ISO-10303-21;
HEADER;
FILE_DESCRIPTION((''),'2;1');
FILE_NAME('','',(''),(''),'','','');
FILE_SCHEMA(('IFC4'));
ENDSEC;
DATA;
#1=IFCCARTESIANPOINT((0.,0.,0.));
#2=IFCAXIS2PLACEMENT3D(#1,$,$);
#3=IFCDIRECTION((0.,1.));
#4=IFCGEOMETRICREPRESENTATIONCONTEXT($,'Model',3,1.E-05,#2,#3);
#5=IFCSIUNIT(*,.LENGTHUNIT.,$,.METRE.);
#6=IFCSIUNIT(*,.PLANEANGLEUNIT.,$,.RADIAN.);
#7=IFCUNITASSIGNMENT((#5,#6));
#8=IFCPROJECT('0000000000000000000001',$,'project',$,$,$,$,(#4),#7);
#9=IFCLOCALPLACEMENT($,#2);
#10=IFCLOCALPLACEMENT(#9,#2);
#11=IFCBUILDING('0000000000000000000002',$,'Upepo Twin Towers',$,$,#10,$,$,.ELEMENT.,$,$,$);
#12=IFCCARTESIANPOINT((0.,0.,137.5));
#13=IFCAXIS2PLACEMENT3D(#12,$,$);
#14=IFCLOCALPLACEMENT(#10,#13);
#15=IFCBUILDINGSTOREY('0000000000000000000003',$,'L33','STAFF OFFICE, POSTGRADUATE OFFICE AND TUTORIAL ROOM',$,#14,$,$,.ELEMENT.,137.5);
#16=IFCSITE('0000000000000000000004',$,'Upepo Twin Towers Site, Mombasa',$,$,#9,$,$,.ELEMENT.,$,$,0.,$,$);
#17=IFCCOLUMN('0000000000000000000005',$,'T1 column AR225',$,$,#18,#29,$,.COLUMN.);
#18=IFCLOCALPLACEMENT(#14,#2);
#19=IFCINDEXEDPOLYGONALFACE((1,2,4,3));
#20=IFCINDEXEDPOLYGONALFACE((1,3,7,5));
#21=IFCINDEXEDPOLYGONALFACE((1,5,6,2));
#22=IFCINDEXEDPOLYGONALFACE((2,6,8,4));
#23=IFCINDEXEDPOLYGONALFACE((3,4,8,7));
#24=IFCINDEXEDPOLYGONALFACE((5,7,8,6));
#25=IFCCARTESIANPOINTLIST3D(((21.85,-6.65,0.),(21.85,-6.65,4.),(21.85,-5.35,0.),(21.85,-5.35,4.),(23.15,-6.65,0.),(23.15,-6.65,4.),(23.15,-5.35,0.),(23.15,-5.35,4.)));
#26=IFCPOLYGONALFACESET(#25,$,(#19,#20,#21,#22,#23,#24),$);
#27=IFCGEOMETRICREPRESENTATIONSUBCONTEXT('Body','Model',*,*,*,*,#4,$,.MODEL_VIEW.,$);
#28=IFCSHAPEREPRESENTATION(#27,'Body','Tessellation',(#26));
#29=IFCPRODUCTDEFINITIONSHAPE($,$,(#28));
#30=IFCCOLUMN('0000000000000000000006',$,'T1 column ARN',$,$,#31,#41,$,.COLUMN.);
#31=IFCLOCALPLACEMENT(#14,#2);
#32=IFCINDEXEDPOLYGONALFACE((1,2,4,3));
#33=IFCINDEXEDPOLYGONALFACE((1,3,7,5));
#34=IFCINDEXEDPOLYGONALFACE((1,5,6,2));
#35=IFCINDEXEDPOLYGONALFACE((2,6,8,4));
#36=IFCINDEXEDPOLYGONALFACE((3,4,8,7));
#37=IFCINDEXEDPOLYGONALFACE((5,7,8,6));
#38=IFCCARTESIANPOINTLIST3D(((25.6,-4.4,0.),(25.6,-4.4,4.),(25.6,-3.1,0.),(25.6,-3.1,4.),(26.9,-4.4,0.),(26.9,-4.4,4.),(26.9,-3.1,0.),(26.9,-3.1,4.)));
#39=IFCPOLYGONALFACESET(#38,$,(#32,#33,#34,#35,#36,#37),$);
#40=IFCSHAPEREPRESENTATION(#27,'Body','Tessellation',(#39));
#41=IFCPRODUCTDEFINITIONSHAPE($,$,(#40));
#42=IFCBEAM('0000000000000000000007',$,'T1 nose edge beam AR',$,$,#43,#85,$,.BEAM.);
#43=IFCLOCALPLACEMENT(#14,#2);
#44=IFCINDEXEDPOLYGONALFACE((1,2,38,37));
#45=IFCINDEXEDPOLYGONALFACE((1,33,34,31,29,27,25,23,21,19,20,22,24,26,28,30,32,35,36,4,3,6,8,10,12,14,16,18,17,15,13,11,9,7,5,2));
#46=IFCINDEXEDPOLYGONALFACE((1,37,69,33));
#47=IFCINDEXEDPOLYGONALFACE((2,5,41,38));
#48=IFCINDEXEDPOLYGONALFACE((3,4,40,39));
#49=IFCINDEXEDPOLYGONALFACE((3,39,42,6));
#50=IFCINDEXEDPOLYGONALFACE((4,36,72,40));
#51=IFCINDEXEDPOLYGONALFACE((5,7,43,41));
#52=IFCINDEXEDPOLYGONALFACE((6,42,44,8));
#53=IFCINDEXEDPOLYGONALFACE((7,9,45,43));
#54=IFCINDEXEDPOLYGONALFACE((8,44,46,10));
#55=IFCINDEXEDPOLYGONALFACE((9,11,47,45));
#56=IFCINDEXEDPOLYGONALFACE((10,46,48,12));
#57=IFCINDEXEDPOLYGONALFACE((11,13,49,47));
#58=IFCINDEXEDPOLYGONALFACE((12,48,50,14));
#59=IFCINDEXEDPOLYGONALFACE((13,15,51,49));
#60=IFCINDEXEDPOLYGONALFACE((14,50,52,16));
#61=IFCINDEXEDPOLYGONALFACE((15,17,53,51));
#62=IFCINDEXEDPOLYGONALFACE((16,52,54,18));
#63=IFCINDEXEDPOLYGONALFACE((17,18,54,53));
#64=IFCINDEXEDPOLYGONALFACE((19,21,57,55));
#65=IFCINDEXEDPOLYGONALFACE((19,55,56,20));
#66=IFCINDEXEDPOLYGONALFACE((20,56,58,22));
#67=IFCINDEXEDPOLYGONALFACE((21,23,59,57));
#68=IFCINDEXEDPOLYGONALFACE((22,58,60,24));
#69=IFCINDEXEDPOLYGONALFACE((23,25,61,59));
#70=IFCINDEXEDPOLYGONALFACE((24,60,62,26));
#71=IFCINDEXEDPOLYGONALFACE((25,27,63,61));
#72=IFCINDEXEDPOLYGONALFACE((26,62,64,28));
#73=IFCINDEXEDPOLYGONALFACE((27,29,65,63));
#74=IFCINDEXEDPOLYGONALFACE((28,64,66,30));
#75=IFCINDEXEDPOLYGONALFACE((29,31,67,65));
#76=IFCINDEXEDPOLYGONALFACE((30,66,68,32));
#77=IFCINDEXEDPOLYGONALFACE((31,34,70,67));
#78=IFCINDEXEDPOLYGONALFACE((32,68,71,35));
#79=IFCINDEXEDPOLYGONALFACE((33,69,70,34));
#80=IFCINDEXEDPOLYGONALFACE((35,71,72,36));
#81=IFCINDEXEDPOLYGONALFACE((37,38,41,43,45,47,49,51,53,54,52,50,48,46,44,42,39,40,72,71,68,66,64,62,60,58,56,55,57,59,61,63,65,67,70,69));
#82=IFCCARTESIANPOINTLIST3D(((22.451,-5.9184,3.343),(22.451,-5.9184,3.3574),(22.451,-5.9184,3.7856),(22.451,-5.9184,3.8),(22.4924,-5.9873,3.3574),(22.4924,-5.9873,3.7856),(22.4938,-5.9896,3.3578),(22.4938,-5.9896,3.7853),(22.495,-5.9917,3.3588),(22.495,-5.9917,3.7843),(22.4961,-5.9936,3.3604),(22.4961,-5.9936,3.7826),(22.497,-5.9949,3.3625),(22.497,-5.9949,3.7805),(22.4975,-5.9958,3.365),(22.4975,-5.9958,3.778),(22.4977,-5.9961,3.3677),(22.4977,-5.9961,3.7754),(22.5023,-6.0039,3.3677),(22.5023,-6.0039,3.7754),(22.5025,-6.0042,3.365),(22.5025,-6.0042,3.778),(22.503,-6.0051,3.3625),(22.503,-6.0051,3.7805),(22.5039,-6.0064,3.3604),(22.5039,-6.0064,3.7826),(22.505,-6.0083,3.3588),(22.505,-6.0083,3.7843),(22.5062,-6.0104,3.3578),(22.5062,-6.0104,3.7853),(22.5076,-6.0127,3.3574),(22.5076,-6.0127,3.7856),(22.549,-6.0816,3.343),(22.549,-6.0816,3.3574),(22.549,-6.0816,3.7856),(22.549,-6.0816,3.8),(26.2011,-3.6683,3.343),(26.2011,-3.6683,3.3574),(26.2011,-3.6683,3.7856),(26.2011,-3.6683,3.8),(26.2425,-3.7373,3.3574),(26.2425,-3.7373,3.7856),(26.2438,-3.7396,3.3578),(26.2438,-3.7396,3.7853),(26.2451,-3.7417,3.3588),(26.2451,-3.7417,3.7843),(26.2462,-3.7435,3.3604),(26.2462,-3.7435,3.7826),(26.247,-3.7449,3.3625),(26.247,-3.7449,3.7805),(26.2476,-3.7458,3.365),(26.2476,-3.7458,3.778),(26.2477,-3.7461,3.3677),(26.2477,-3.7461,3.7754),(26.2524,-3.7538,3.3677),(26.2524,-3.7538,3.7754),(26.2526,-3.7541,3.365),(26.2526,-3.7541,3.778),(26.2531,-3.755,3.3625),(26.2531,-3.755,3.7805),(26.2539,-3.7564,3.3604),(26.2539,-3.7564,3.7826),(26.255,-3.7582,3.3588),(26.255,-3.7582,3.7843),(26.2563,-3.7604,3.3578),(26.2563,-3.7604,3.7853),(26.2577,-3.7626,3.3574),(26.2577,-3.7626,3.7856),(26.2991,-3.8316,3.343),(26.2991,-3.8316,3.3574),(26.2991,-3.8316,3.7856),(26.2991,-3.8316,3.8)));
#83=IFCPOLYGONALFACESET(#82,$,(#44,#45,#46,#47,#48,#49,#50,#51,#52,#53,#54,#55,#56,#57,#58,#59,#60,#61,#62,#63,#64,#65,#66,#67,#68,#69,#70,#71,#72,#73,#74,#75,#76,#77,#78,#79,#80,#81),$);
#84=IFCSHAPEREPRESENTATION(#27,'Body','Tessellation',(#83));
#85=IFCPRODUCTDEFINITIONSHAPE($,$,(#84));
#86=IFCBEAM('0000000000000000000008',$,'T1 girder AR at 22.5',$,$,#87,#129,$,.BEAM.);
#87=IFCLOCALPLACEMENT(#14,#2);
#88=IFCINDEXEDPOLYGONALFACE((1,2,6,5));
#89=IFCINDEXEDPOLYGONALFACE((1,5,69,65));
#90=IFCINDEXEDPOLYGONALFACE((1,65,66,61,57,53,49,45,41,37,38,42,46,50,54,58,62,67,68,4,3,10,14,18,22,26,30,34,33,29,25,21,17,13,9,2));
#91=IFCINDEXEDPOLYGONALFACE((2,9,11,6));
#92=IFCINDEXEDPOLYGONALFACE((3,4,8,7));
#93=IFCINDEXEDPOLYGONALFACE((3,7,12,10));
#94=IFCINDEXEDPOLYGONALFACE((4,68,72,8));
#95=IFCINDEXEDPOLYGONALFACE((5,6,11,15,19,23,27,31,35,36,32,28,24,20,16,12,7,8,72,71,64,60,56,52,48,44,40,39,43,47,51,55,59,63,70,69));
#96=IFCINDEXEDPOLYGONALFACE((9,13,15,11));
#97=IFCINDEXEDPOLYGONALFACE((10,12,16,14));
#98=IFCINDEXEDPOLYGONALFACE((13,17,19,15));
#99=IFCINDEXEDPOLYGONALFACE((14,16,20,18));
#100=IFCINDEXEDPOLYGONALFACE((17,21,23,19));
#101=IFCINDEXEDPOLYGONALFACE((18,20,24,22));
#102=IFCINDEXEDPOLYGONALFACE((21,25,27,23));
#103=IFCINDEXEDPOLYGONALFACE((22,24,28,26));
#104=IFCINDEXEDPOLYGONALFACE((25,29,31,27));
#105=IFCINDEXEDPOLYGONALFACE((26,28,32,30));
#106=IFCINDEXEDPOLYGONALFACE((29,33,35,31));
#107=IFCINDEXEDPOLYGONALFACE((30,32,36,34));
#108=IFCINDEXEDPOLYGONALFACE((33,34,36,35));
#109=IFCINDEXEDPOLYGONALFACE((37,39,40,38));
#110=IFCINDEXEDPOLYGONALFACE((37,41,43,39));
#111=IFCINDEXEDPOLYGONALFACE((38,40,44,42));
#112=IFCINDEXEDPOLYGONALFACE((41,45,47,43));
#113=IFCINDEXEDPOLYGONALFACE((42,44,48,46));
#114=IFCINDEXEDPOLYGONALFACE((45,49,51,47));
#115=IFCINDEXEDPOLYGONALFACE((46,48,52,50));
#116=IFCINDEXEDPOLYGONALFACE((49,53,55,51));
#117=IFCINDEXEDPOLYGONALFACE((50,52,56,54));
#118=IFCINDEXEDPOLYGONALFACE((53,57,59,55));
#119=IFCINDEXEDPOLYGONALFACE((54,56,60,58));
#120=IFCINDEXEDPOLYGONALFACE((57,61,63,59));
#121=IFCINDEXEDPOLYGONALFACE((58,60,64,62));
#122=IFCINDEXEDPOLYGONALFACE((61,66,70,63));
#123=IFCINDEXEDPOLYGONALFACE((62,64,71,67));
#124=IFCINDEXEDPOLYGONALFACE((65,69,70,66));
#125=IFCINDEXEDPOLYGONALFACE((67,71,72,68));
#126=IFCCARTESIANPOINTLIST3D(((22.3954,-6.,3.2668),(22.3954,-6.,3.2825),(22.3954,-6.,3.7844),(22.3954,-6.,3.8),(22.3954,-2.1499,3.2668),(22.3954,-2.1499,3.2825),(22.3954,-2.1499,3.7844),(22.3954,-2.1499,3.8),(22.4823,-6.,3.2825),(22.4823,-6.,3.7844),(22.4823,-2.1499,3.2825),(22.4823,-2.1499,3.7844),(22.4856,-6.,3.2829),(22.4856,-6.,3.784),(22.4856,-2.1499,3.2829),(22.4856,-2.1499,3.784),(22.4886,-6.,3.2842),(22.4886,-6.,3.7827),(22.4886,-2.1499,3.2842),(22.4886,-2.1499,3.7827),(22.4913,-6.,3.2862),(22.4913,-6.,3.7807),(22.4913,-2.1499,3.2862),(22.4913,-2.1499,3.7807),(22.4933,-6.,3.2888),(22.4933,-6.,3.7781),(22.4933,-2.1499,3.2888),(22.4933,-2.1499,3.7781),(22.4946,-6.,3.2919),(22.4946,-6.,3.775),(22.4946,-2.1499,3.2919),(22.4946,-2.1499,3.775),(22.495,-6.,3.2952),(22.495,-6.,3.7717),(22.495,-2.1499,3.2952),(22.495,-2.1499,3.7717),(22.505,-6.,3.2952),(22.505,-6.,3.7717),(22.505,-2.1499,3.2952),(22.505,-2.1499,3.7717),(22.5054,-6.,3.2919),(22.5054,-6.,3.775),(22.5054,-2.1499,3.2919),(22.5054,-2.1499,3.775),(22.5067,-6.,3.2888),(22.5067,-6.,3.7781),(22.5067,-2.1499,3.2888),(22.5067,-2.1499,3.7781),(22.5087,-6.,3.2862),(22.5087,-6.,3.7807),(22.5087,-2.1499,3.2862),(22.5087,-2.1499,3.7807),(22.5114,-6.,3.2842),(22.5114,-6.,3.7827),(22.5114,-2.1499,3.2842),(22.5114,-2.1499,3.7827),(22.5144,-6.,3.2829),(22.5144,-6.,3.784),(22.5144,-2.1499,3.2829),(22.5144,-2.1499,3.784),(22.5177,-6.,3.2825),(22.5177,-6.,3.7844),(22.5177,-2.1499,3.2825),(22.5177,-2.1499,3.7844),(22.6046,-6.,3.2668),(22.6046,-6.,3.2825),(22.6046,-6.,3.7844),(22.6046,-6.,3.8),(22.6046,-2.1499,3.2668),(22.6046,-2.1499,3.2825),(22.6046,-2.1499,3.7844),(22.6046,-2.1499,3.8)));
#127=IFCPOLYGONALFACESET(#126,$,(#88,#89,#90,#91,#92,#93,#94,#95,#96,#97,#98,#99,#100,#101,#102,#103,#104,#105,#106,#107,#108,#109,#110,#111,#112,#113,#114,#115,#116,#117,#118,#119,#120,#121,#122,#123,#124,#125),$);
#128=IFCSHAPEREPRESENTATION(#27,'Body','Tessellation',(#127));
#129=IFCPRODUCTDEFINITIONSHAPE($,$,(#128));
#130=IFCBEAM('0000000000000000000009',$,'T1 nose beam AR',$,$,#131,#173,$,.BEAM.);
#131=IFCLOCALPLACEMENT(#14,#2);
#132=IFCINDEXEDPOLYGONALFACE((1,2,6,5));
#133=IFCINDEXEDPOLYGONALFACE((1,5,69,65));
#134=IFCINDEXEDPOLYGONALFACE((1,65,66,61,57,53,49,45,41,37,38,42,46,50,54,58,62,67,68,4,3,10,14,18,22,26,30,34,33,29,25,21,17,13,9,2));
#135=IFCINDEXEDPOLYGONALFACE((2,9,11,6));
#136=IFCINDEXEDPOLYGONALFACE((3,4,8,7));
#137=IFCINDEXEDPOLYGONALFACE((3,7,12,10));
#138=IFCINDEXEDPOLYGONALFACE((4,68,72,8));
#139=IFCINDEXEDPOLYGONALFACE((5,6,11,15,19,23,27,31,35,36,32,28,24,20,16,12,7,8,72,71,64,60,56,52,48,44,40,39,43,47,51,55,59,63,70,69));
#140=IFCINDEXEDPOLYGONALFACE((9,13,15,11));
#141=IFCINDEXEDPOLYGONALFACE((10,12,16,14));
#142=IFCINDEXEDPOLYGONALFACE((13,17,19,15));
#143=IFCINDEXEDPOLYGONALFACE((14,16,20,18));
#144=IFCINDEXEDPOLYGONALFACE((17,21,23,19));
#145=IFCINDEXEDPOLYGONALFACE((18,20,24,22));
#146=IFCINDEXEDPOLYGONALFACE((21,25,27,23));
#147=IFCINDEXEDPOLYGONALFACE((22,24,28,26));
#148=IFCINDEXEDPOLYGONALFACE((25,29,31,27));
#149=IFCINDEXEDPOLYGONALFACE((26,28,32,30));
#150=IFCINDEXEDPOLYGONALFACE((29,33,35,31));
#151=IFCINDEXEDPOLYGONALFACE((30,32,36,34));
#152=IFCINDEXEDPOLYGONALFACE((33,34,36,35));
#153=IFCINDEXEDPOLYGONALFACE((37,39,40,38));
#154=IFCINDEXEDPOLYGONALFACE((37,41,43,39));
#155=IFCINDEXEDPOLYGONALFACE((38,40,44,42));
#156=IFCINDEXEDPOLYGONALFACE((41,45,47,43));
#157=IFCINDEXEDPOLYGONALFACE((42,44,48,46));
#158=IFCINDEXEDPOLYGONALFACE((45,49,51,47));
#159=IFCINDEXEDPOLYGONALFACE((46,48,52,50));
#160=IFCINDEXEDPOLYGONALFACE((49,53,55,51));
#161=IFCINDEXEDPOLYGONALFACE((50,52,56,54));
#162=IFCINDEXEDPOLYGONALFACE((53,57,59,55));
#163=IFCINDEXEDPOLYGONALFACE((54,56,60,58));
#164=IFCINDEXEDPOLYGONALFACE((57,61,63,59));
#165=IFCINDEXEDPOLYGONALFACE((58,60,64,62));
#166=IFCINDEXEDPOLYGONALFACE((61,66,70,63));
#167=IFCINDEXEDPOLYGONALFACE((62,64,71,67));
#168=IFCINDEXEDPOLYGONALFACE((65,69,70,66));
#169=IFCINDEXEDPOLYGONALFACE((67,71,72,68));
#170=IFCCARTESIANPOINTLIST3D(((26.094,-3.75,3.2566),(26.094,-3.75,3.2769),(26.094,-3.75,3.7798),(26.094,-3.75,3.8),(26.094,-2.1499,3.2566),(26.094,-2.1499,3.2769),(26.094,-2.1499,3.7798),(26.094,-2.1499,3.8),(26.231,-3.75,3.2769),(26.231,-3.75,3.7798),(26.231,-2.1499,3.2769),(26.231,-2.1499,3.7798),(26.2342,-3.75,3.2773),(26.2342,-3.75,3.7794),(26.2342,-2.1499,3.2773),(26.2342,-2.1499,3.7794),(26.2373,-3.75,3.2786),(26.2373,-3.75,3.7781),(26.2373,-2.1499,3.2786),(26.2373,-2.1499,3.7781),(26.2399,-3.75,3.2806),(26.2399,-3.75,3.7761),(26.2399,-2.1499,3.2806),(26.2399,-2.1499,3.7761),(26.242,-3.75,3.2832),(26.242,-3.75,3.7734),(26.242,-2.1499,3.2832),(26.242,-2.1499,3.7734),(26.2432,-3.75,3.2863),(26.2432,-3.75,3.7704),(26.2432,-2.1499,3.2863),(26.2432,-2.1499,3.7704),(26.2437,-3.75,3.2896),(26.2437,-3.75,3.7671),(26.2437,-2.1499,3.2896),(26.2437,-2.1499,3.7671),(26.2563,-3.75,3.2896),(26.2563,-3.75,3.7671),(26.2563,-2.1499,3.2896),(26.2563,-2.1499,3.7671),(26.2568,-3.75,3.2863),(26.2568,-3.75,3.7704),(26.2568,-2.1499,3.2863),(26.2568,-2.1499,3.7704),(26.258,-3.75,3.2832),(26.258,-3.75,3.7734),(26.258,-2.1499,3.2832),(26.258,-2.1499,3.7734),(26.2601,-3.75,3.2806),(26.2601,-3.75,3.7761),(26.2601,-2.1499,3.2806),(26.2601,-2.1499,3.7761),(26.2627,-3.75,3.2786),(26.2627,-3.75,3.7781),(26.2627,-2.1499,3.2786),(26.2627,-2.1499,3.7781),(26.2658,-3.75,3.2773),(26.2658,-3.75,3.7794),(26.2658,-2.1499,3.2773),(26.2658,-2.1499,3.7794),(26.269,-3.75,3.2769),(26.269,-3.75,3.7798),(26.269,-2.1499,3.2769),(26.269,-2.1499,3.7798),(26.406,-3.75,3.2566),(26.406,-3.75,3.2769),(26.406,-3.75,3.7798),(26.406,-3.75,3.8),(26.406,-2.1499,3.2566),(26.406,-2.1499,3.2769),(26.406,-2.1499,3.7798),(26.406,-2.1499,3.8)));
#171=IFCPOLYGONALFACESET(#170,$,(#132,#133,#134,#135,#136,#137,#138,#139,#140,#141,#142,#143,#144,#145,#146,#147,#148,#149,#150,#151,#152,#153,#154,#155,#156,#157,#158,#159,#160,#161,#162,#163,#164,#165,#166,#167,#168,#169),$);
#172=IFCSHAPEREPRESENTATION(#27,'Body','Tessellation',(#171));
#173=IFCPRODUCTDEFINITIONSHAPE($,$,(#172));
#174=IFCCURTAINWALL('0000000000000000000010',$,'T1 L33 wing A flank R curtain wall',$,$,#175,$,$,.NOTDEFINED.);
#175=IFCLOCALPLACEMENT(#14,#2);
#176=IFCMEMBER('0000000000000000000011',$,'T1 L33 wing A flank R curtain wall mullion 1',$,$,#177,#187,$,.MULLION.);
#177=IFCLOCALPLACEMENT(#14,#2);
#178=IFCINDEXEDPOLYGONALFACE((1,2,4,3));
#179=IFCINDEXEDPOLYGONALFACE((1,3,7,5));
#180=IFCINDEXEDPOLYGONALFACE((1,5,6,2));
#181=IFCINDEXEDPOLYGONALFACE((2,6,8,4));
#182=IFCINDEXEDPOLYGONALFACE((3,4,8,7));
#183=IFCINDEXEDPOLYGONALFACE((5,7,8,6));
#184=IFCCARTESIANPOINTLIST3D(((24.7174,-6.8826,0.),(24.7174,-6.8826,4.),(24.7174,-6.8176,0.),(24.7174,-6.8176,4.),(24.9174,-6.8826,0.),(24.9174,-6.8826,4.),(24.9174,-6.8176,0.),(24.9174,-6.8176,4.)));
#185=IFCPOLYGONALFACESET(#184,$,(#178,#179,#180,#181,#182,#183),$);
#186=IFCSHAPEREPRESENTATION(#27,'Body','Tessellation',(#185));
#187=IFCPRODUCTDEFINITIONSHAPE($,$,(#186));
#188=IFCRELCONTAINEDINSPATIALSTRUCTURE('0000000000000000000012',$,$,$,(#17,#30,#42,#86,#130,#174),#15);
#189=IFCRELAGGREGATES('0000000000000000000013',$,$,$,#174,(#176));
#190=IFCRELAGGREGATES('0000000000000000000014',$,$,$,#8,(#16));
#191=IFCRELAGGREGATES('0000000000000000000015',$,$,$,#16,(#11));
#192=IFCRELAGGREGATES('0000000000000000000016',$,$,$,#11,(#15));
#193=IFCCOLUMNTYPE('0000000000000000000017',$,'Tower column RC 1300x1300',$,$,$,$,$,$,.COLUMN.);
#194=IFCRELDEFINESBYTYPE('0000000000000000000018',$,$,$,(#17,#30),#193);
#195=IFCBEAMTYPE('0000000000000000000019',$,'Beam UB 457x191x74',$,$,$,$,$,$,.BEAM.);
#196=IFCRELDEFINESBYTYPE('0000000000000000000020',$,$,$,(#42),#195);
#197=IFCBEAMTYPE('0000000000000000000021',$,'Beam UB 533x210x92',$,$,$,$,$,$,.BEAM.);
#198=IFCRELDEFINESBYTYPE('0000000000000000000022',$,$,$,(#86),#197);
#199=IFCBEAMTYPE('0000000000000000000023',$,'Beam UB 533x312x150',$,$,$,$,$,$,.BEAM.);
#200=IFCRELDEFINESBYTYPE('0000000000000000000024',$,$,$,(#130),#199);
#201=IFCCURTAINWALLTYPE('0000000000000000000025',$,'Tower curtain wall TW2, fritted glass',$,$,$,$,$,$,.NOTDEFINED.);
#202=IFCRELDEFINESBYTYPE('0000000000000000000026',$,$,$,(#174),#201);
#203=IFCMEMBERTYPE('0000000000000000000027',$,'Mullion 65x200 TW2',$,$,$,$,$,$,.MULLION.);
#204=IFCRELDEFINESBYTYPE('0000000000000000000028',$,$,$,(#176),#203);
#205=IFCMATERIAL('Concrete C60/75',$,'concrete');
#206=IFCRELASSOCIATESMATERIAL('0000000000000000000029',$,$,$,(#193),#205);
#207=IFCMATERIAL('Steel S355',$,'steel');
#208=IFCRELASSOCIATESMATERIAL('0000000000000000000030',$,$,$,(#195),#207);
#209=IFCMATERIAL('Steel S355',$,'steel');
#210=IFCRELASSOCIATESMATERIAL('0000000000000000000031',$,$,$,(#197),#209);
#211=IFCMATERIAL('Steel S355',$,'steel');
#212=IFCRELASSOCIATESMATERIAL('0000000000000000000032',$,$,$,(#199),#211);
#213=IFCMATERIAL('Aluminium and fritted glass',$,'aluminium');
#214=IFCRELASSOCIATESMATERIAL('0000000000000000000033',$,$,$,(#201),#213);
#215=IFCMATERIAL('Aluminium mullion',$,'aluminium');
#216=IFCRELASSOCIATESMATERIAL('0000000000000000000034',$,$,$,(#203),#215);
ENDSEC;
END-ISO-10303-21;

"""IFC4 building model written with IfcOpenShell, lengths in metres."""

from ifc_helpers import new_model, si_unit, direction, frame, origin, origin_2d, place, context, subcontext, project, spatial, rectangle, i_section, extrude, material, material_profile, profile_set, type_object, element, aggregate, save


model = new_model("IFC4")

# Units and contexts
model_context = context("Model", 3, precision=1e-05, world=origin(), true_north=direction((0.0, 1.0)))
body_context = subcontext(model_context, "Body", "Model", "MODEL_VIEW")
ifc_project = project(units=[si_unit("LENGTHUNIT", "METRE"), si_unit("PLANEANGLEUNIT", "RADIAN")], contexts=[model_context])

# Site, building, storey
site_placement = place(None, origin())
site = spatial("IfcSite", under=ifc_project, at=site_placement, Name="Upepo Twin Towers Site, Mombasa", CompositionType="ELEMENT", RefElevation=0.0)
building_placement = place(site_placement, origin())
building = spatial("IfcBuilding", under=site, at=building_placement, Name="Upepo Twin Towers", CompositionType="ELEMENT")
storey_placement = place(building_placement, frame((0.0, 0.0, 137.5)))
storey = spatial("IfcBuildingStorey", under=building, at=storey_placement, Name="L33", Description="STAFF OFFICE, POSTGRADUATE OFFICE AND TUTORIAL ROOM", CompositionType="ELEMENT", Elevation=137.5)

# Columns
ifc_material_1 = material(Name="Concrete C60/75", Category="concrete")
ifc_material_profile_1 = material_profile(ifc_material_1, rectangle(XDim=1.3, YDim=1.3, at=origin_2d()), Name="RC 1300x1300")
ifc_profile_set_1 = profile_set([ifc_material_profile_1], Name="Concrete C60/75")
column_type = type_object("IfcColumnType", Name="Tower column RC 1300x1300", PredefinedType="COLUMN", material=ifc_profile_set_1)
for number, where, z_axis, x_axis, name in (
    (1, (22.5, -6.0, 0.0), (0.0, 0.0, 1.0), (1.0, 0.0, 0.0), "T1 column AR225"),
    (2, (26.25, -3.75, 0.0), (0.0, 0.0, 1.0), (1.0, 0.0, 0.0), "T1 column ARN"),
):
    element("IfcColumn", number, at=place(storey_placement, frame(where, z_axis=z_axis, x_axis=x_axis)), inside=storey, type_object=column_type, Name=name, PredefinedType="COLUMN", context=body_context, shape_type="SweptSolid", body=[
        extrude(rectangle(XDim=1.3, YDim=1.3, at=origin_2d()), origin(), (0.0, 0.0, 1.0), 4.0),
    ])

# Beams
ifc_material_2 = material(Name="Steel S355", Category="steel")
ifc_material_profile_2 = material_profile(ifc_material_2, i_section(OverallWidth=0.1904, OverallDepth=0.457, WebThickness=0.009, FlangeThickness=0.0144, FilletRadius=0.0103, at=origin_2d()), Name="UB 457x191x74")
ifc_profile_set_2 = profile_set([ifc_material_profile_2], Name="Steel S355")
beam_type_1 = type_object("IfcBeamType", Name="Beam UB 457x191x74", PredefinedType="BEAM", material=ifc_profile_set_2)
beam_1_placement = place(storey_placement, frame((22.5, -6.0, 3.5715), z_axis=(0.857493, 0.514496, 0.0), x_axis=(-0.514496, 0.857493, 0.0)))
element("IfcBeam", 3, at=beam_1_placement, inside=storey, type_object=beam_type_1, Name="T1 nose edge beam AR", PredefinedType="BEAM", context=body_context, shape_type="SweptSolid", body=[
    extrude(i_section(OverallWidth=0.1904, OverallDepth=0.457, WebThickness=0.009, FlangeThickness=0.0144, FilletRadius=0.0103, at=origin_2d()), origin(), (0.0, 0.0, 1.0), 4.3733),
])
ifc_material_3 = material(Name="Steel S355", Category="steel")
ifc_material_profile_3 = material_profile(ifc_material_3, i_section(OverallWidth=0.2092, OverallDepth=0.5332, WebThickness=0.01, FlangeThickness=0.0156, FilletRadius=0.0127, at=origin_2d()), Name="UB 533x210x92")
ifc_profile_set_3 = profile_set([ifc_material_profile_3], Name="Steel S355")
beam_type_2 = type_object("IfcBeamType", Name="Beam UB 533x210x92", PredefinedType="BEAM", material=ifc_profile_set_3)
beam_2_placement = place(storey_placement, frame((22.5, -6.0, 3.5334), z_axis=(0.0, 1.0, 0.0), x_axis=(-1.0, 0.0, 0.0)))
element("IfcBeam", 4, at=beam_2_placement, inside=storey, type_object=beam_type_2, Name="T1 girder AR at 22.5", PredefinedType="BEAM", context=body_context, shape_type="SweptSolid", body=[
    extrude(i_section(OverallWidth=0.2092, OverallDepth=0.5332, WebThickness=0.01, FlangeThickness=0.0156, FilletRadius=0.0127, at=origin_2d()), origin(), (0.0, 0.0, 1.0), 3.8501),
])
ifc_material_4 = material(Name="Steel S355", Category="steel")
ifc_material_profile_4 = material_profile(ifc_material_4, i_section(OverallWidth=0.312, OverallDepth=0.5435, WebThickness=0.0127, FlangeThickness=0.0203, FilletRadius=0.0127, at=origin_2d()), Name="UB 533x312x150")
ifc_profile_set_4 = profile_set([ifc_material_profile_4], Name="Steel S355")
beam_type_3 = type_object("IfcBeamType", Name="Beam UB 533x312x150", PredefinedType="BEAM", material=ifc_profile_set_4)
beam_3_placement = place(storey_placement, frame((26.25, -3.75, 3.5283), z_axis=(0.0, 1.0, 0.0), x_axis=(-1.0, 0.0, 0.0)))
element("IfcBeam", 5, at=beam_3_placement, inside=storey, type_object=beam_type_3, Name="T1 nose beam AR", PredefinedType="BEAM", context=body_context, shape_type="SweptSolid", body=[
    extrude(i_section(OverallWidth=0.312, OverallDepth=0.5435, WebThickness=0.0127, FlangeThickness=0.0203, FilletRadius=0.0127, at=origin_2d()), origin(), (0.0, 0.0, 1.0), 1.6001),
])

# Curtain wall, member
ifc_material_5 = material(Name="Aluminium and fritted glass", Category="aluminium")
curtain_wall_type = type_object("IfcCurtainWallType", Name="Tower curtain wall TW2, fritted glass", PredefinedType="NOTDEFINED", material=ifc_material_5)
curtain_wall_1_placement = place(storey_placement, origin())
curtain_wall_1 = element("IfcCurtainWall", 6, at=curtain_wall_1_placement, inside=storey, type_object=curtain_wall_type, Name="T1 L33 wing A flank R curtain wall", PredefinedType="NOTDEFINED")
ifc_material_6 = material(Name="Aluminium mullion", Category="aluminium")
ifc_material_profile_5 = material_profile(ifc_material_6, rectangle(XDim=0.0649, YDim=0.2, at=origin_2d()), Name="MULLION 65x200")
ifc_profile_set_5 = profile_set([ifc_material_profile_5], Name="Aluminium mullion")
member_type_1 = type_object("IfcMemberType", Name="Mullion 65x200 TW2", PredefinedType="MULLION", material=ifc_profile_set_5)
member_1_placement = place(storey_placement, frame((24.8174, -6.8501, 0.0), z_axis=(0.0, 0.0, 1.0), x_axis=(0.0, -1.0, 0.0)))
member_1 = element("IfcMember", 7, at=member_1_placement, type_object=member_type_1, Name="T1 L33 wing A flank R curtain wall mullion 1", PredefinedType="MULLION", context=body_context, shape_type="SweptSolid", body=[
    extrude(rectangle(XDim=0.0649, YDim=0.2, at=origin_2d()), origin(), (0.0, 0.0, 1.0), 4.0),
])

aggregate(curtain_wall_1, [member_1])

save(model, "model.ifc")
